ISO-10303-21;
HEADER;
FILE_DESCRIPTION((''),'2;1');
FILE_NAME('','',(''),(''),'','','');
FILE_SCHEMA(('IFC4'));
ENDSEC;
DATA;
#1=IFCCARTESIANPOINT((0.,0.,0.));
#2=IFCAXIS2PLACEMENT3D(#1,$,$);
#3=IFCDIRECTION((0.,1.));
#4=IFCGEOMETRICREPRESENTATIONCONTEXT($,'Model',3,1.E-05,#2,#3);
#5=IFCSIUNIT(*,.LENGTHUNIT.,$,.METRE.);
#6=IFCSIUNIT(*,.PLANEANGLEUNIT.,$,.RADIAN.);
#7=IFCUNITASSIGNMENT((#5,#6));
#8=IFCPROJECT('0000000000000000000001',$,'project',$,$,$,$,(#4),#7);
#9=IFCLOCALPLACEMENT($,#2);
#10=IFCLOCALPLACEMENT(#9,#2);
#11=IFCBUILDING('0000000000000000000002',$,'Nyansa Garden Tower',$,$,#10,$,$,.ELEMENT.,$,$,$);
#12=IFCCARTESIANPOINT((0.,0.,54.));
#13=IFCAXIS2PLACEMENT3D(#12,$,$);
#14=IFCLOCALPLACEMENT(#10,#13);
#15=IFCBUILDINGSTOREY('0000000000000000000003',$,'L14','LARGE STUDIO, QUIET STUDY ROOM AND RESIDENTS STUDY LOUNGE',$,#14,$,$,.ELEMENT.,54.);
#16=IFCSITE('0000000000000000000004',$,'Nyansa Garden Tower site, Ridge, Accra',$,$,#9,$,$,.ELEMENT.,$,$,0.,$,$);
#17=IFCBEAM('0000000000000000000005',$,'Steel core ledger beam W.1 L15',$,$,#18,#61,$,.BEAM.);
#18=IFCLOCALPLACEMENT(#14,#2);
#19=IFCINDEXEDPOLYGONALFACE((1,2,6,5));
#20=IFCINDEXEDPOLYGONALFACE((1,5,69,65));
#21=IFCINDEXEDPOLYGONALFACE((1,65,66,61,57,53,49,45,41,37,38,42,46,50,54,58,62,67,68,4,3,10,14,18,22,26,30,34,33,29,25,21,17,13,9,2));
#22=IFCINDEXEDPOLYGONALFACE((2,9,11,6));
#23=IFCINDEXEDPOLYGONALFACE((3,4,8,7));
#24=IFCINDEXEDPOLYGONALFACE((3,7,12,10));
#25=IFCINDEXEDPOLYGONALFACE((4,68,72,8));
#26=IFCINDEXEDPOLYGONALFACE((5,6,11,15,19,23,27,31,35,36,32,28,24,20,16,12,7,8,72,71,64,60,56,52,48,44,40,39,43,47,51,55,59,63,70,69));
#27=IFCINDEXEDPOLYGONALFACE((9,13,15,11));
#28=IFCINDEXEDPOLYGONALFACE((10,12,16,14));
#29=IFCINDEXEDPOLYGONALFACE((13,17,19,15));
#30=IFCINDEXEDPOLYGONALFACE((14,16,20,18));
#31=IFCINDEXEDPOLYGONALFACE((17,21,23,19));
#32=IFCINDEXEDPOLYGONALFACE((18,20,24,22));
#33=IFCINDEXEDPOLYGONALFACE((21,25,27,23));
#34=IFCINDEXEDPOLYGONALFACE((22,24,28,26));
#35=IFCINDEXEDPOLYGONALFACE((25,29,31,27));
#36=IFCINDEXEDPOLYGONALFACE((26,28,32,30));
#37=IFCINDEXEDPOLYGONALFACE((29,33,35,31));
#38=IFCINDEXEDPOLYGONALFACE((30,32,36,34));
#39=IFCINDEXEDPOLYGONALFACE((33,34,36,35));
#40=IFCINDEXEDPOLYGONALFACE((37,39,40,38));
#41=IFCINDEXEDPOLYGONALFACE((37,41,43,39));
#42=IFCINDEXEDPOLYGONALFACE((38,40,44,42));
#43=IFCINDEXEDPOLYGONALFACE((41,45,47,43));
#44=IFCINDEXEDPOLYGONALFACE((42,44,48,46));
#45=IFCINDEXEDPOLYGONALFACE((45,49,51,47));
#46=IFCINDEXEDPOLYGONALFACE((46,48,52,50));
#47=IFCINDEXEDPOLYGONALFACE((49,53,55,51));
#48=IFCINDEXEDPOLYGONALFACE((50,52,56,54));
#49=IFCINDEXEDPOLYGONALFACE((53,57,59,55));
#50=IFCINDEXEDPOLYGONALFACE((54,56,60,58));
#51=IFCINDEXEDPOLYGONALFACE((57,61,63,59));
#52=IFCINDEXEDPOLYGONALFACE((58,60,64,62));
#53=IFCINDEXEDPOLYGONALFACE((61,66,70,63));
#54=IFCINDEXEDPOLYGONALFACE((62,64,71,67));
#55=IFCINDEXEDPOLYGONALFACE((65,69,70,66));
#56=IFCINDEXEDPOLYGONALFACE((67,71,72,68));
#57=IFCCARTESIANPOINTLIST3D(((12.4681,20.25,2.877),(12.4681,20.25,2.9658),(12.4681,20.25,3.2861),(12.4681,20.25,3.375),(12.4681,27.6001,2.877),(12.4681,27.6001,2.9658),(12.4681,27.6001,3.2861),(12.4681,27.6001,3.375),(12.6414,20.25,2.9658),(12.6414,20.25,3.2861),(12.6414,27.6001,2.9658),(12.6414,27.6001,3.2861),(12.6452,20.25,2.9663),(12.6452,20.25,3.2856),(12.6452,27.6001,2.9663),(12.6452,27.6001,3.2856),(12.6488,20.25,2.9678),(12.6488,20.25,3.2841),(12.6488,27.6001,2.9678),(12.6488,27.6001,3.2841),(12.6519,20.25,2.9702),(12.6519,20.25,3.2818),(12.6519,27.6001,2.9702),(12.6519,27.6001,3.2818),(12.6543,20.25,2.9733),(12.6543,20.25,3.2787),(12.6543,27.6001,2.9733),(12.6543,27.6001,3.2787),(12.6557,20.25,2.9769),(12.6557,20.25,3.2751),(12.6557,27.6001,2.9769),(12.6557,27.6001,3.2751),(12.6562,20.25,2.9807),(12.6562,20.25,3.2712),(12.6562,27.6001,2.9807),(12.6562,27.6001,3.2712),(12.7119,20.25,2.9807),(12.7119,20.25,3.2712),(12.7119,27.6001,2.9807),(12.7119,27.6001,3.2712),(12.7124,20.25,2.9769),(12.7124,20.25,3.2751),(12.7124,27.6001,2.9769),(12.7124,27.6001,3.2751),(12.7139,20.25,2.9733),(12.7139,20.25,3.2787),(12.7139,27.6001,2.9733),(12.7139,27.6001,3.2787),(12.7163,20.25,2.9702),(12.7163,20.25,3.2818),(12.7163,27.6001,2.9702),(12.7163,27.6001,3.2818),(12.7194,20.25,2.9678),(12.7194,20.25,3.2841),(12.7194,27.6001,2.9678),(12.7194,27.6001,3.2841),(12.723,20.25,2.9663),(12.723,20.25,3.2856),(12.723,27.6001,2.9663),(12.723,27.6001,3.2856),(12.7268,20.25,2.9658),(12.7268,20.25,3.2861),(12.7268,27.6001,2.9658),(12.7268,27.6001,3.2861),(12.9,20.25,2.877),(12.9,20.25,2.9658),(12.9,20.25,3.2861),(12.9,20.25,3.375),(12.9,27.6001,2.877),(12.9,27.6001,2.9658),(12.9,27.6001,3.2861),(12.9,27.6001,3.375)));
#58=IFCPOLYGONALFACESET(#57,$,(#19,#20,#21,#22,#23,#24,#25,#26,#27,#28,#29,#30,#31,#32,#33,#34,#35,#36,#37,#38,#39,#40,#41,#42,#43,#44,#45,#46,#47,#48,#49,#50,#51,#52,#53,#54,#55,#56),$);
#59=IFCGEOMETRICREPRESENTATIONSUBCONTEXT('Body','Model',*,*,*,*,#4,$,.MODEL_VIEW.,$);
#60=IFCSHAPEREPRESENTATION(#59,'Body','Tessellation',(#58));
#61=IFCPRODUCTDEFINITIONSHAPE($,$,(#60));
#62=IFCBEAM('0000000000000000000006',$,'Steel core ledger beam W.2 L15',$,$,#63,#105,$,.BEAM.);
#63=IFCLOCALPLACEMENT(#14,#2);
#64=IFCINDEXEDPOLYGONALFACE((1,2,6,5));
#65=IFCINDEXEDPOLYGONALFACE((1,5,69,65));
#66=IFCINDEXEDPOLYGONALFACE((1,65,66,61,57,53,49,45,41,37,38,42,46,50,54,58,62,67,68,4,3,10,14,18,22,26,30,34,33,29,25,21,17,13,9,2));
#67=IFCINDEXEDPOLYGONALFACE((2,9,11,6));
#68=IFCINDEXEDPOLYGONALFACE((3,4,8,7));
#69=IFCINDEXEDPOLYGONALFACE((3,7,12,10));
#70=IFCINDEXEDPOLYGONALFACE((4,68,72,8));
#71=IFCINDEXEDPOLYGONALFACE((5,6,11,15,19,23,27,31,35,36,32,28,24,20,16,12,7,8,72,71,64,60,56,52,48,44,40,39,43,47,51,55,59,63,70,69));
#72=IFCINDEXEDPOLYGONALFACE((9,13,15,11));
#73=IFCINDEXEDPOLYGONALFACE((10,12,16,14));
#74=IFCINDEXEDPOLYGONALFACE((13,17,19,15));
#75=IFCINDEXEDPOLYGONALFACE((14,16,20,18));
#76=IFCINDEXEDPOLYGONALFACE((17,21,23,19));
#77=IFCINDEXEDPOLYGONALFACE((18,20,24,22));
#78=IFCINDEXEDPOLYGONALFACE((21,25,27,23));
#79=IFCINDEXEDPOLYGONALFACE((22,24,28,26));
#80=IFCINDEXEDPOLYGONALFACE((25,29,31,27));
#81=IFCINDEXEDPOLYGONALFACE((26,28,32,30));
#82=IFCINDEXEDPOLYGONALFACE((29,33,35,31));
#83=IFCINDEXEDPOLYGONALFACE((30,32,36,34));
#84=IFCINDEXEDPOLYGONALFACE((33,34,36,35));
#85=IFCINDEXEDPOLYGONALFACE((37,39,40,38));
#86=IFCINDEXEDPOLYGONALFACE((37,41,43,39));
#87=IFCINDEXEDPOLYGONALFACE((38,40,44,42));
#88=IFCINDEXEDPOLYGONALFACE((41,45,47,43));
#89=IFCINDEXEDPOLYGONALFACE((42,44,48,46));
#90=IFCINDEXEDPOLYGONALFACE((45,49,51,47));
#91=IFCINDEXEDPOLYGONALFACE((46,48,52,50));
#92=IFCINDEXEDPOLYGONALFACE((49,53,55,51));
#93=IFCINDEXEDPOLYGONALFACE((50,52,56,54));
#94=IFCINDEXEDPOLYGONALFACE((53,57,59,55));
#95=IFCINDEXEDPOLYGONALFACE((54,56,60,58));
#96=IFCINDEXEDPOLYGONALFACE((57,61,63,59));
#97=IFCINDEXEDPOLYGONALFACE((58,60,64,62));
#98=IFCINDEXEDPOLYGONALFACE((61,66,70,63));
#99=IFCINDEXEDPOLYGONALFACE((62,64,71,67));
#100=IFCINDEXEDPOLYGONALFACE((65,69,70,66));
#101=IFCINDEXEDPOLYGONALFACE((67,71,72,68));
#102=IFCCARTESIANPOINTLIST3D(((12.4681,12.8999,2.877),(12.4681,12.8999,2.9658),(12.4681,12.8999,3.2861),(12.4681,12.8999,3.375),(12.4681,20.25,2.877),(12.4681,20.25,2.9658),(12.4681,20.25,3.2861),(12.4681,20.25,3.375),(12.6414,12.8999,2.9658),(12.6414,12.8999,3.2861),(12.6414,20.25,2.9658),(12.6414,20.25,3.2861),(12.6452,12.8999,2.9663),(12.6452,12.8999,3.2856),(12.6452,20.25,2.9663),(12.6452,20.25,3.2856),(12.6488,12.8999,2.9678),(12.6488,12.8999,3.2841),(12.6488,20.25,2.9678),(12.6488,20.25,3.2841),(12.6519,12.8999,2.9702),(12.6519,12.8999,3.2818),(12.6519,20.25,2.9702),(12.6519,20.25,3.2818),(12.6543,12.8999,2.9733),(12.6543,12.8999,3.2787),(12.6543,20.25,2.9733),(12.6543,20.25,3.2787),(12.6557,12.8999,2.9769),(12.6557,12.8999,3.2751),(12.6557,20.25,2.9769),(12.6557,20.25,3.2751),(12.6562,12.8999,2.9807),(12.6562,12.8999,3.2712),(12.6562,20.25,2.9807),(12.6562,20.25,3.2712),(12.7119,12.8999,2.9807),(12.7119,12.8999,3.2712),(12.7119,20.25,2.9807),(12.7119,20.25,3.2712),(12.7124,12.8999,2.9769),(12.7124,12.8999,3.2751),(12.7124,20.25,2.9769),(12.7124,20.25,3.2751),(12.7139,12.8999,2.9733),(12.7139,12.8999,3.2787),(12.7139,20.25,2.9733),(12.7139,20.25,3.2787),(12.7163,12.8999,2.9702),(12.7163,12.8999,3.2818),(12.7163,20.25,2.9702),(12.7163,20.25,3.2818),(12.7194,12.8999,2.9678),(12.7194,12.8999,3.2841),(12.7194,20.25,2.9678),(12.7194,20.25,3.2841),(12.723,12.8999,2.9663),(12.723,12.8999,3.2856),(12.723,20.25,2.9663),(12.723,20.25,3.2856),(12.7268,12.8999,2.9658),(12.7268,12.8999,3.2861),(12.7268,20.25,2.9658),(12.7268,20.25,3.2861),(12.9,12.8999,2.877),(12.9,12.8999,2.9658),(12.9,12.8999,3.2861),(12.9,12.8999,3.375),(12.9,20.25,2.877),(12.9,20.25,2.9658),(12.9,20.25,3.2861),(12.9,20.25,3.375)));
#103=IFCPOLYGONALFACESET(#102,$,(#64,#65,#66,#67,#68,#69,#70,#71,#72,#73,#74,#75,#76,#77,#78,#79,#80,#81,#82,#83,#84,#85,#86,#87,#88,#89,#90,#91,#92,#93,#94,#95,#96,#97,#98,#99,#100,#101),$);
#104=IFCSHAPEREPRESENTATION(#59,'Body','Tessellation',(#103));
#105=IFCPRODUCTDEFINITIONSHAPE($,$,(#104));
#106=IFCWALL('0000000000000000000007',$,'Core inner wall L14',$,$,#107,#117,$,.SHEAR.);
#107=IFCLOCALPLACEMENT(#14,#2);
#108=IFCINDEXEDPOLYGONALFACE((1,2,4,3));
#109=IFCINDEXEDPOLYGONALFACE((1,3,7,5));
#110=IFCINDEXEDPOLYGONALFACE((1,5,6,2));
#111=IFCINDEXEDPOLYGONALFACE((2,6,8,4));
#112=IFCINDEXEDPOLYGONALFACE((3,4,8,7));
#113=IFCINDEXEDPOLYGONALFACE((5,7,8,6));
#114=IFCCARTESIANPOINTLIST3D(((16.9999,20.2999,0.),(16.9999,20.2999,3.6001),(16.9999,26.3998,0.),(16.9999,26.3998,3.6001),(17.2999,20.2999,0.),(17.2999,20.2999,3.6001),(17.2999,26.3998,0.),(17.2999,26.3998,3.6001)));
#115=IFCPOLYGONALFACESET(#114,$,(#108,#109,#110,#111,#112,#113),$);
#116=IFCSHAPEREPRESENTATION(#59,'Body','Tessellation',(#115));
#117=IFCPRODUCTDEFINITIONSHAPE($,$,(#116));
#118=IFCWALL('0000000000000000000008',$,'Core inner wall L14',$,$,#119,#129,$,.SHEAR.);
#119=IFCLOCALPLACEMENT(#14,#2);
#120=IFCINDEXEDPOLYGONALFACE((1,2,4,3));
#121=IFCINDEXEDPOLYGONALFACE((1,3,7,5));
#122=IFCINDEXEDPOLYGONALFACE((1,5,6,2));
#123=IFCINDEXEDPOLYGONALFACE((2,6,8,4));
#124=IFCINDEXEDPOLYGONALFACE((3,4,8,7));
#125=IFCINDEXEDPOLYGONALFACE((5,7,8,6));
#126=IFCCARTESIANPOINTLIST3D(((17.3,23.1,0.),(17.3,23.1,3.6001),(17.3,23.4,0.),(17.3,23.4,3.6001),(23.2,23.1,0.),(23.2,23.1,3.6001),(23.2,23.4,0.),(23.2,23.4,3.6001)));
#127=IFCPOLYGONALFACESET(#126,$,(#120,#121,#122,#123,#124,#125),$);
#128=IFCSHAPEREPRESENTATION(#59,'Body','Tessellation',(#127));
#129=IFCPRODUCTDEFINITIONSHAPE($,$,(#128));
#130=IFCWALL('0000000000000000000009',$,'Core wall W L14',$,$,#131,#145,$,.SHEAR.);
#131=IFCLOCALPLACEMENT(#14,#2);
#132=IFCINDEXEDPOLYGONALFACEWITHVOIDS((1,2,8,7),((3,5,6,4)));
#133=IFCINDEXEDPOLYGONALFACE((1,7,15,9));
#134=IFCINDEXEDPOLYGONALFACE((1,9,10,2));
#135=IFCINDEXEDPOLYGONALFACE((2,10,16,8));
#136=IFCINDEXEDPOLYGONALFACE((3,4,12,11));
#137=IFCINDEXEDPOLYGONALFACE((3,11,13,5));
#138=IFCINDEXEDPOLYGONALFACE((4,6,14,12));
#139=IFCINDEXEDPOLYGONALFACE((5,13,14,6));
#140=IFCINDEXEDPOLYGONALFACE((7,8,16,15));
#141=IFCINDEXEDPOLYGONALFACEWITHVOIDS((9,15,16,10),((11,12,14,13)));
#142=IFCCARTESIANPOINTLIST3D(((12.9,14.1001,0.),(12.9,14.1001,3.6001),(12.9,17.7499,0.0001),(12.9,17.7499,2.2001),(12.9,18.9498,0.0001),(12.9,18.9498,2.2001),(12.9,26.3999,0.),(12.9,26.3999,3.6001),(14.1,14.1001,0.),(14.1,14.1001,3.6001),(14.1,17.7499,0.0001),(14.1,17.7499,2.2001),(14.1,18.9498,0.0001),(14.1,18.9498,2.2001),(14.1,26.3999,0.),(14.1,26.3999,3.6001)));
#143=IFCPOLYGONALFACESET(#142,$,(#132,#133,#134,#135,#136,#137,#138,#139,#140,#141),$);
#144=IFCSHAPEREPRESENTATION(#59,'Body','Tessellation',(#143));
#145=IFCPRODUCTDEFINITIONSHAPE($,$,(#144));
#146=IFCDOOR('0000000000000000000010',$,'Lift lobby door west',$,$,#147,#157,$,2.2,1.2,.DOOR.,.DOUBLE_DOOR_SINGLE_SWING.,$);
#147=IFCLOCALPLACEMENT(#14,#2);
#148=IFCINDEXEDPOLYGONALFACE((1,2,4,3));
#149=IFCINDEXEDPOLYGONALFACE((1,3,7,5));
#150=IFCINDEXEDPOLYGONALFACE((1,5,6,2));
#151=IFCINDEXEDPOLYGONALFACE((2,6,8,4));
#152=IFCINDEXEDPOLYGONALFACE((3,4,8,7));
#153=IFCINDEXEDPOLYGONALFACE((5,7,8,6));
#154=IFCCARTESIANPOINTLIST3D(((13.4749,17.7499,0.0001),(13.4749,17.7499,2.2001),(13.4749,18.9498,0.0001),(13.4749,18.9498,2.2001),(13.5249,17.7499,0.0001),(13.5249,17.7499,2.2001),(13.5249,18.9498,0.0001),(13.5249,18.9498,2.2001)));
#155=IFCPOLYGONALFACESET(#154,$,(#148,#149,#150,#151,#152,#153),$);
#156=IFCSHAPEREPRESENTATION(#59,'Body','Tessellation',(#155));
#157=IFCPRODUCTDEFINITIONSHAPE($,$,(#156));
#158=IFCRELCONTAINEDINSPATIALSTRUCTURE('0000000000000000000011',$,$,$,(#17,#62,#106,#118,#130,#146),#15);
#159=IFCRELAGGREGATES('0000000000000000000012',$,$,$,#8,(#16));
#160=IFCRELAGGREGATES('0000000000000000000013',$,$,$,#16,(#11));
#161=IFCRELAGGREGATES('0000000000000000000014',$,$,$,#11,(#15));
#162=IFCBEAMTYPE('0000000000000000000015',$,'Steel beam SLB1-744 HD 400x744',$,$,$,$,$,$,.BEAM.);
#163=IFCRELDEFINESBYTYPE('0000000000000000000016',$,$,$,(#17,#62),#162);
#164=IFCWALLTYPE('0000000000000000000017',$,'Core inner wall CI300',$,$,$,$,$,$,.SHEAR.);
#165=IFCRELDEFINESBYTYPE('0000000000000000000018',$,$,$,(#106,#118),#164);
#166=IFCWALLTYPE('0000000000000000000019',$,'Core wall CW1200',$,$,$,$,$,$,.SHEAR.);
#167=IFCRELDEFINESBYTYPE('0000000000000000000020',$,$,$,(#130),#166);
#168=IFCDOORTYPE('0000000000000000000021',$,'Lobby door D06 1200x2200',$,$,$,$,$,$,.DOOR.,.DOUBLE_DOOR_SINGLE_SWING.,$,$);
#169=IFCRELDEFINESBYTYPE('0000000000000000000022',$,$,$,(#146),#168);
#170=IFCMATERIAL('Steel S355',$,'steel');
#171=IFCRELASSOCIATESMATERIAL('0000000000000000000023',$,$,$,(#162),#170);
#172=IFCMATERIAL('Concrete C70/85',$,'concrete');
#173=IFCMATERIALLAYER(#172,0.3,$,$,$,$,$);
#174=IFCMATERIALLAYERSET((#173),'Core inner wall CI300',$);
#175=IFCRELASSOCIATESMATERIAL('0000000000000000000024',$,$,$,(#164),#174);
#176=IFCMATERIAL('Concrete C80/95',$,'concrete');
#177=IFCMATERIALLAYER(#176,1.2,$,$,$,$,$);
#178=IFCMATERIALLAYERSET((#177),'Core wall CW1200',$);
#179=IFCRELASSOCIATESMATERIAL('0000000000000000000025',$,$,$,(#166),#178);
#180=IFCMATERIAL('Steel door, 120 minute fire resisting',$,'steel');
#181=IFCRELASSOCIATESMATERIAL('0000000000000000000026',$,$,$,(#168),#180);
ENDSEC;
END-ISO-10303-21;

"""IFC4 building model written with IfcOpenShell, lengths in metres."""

from ifc_helpers import new_model, si_unit, direction, frame, frame_2d, origin, origin_2d, place, context, subcontext, project, spatial, rectangle, i_section, extrude, material, layer, layer_set, material_profile, profile_set, type_object, element, fill, save


model = new_model("IFC4")

# Units and contexts
model_context = context("Model", 3, precision=1e-05, world=origin(), true_north=direction((0.0, 1.0)))
body_context = subcontext(model_context, "Body", "Model", "MODEL_VIEW")
ifc_project = project(units=[si_unit("LENGTHUNIT", "METRE"), si_unit("PLANEANGLEUNIT", "RADIAN")], contexts=[model_context])

# Site, building, storey
site_placement = place(None, origin())
site = spatial("IfcSite", under=ifc_project, at=site_placement, Name="Nyansa Garden Tower site, Ridge, Accra", CompositionType="ELEMENT", RefElevation=0.0)
building_placement = place(site_placement, origin())
building = spatial("IfcBuilding", under=site, at=building_placement, Name="Nyansa Garden Tower", CompositionType="ELEMENT")
storey_placement = place(building_placement, frame((0.0, 0.0, 54.0)))
storey = spatial("IfcBuildingStorey", under=building, at=storey_placement, Name="L14", Description="LARGE STUDIO, QUIET STUDY ROOM AND RESIDENTS STUDY LOUNGE", CompositionType="ELEMENT", Elevation=54.0)

# Beams
ifc_material_1 = material(Name="Steel S355", Category="steel")
ifc_material_profile_1 = material_profile(ifc_material_1, i_section(OverallWidth=0.4319, OverallDepth=0.498, WebThickness=0.0557, FlangeThickness=0.0889, FilletRadius=0.0149, at=origin_2d()), Name="HD 400x744")
ifc_profile_set_1 = profile_set([ifc_material_profile_1], Name="Steel S355")
beam_type_1 = type_object("IfcBeamType", Name="Steel beam SLB1-744 HD 400x744", PredefinedType="BEAM", material=ifc_profile_set_1)
for number, where, z_axis, x_axis, name in (
    (1, (12.6841, 27.6001, 3.126), (0.0, -1.0, 0.0), (1.0, 0.0, 0.0), "Steel core ledger beam W.1 L15"),
    (2, (12.6841, 20.25, 3.126), (0.0, -1.0, 0.0), (1.0, 0.0, 0.0), "Steel core ledger beam W.2 L15"),
):
    element("IfcBeam", number, at=place(storey_placement, frame(where, z_axis=z_axis, x_axis=x_axis)), inside=storey, type_object=beam_type_1, Name=name, PredefinedType="BEAM", context=body_context, shape_type="SweptSolid", body=[
        extrude(i_section(OverallWidth=0.4319, OverallDepth=0.498, WebThickness=0.0557, FlangeThickness=0.0889, FilletRadius=0.0149, at=origin_2d()), origin(), (0.0, 0.0, 1.0), 7.3501),
    ])

# Walls
ifc_material_2 = material(Name="Concrete C70/85", Category="concrete")
ifc_layer_1 = layer(ifc_material_2, 0.3)
ifc_layer_set_1 = layer_set([ifc_layer_1], Name="Core inner wall CI300")
wall_type_1 = type_object("IfcWallType", Name="Core inner wall CI300", PredefinedType="SHEAR", material=ifc_layer_set_1)
wall_1_placement = place(storey_placement, frame((17.1499, 20.3, 0.0), z_axis=(0.0, 0.0, 1.0), x_axis=(0.0, 1.0, 0.0)))
element("IfcWall", 3, at=wall_1_placement, inside=storey, type_object=wall_type_1, Name="Core inner wall L14", PredefinedType="SHEAR", context=body_context, shape_type="SweptSolid", body=[
    extrude(rectangle(XDim=6.0999, YDim=0.3, at=frame_2d((3.0498, 0.0))), origin(), (0.0, 0.0, 1.0), 3.6001),
])
wall_2_placement = place(storey_placement, frame((17.3, 23.25, 0.0), z_axis=(0.0, 0.0, 1.0), x_axis=(1.0, 0.0, 0.0)))
element("IfcWall", 4, at=wall_2_placement, inside=storey, type_object=wall_type_1, Name="Core inner wall L14", PredefinedType="SHEAR", context=body_context, shape_type="SweptSolid", body=[
    extrude(rectangle(XDim=5.8999, YDim=0.3, at=frame_2d((2.95, 0.0))), origin(), (0.0, 0.0, 1.0), 3.6001),
])

# Wall, opening, door
ifc_material_3 = material(Name="Concrete C80/95", Category="concrete")
ifc_layer_2 = layer(ifc_material_3, 1.2)
ifc_layer_set_2 = layer_set([ifc_layer_2], Name="Core wall CW1200")
wall_type_2 = type_object("IfcWallType", Name="Core wall CW1200", PredefinedType="SHEAR", material=ifc_layer_set_2)
wall_3_placement = place(storey_placement, frame((13.5, 26.3999, 0.0), z_axis=(0.0, 0.0, 1.0), x_axis=(0.0, -1.0, 0.0)))
wall_3 = element("IfcWall", 5, at=wall_3_placement, inside=storey, type_object=wall_type_2, Name="Core wall W L14", PredefinedType="SHEAR", context=body_context, shape_type="SweptSolid", body=[
    extrude(rectangle(XDim=12.2998, YDim=1.2, at=frame_2d((6.1499, 0.0))), origin(), (0.0, 0.0, 1.0), 3.6001),
])
opening_1_placement = place(wall_3_placement, frame((7.45, 0.0, 0.0)))
opening_1 = element("IfcOpeningElement", 6, at=opening_1_placement, cuts=wall_3, PredefinedType="OPENING", context=body_context, shape_type="SweptSolid", body=[
    extrude(rectangle(XDim=1.2, YDim=2.2, at=frame_2d((0.6001, 1.1001))), frame((0.0, 0.6099, 0.0), z_axis=(0.0, -1.0, 0.0), x_axis=(1.0, 0.0, 0.0)), (0.0, 0.0, 1.0), 1.22),
])
ifc_material_4 = material(Name="Steel door, 120 minute fire resisting", Category="steel")
door_type_1 = type_object("IfcDoorType", Name="Lobby door D06 1200x2200", OperationType="DOUBLE_DOOR_SINGLE_SWING", PredefinedType="DOOR", material=ifc_material_4)
door_1_placement = place(opening_1_placement, origin())
door_1 = element("IfcDoor", 7, at=door_1_placement, inside=storey, type_object=door_type_1, Name="Lift lobby door west", OperationType="DOUBLE_DOOR_SINGLE_SWING", OverallHeight=2.2, OverallWidth=1.2, PredefinedType="DOOR", context=body_context, shape_type="SweptSolid", body=[
    extrude(rectangle(XDim=1.2, YDim=2.2, at=frame_2d((0.6001, 1.1001))), frame((0.0, 0.0249, 0.0), z_axis=(0.0, -1.0, 0.0), x_axis=(1.0, 0.0, 0.0)), (0.0, 0.0, 1.0), 0.05),
])
fill(opening_1, door_1)

save(model, "model.ifc")
